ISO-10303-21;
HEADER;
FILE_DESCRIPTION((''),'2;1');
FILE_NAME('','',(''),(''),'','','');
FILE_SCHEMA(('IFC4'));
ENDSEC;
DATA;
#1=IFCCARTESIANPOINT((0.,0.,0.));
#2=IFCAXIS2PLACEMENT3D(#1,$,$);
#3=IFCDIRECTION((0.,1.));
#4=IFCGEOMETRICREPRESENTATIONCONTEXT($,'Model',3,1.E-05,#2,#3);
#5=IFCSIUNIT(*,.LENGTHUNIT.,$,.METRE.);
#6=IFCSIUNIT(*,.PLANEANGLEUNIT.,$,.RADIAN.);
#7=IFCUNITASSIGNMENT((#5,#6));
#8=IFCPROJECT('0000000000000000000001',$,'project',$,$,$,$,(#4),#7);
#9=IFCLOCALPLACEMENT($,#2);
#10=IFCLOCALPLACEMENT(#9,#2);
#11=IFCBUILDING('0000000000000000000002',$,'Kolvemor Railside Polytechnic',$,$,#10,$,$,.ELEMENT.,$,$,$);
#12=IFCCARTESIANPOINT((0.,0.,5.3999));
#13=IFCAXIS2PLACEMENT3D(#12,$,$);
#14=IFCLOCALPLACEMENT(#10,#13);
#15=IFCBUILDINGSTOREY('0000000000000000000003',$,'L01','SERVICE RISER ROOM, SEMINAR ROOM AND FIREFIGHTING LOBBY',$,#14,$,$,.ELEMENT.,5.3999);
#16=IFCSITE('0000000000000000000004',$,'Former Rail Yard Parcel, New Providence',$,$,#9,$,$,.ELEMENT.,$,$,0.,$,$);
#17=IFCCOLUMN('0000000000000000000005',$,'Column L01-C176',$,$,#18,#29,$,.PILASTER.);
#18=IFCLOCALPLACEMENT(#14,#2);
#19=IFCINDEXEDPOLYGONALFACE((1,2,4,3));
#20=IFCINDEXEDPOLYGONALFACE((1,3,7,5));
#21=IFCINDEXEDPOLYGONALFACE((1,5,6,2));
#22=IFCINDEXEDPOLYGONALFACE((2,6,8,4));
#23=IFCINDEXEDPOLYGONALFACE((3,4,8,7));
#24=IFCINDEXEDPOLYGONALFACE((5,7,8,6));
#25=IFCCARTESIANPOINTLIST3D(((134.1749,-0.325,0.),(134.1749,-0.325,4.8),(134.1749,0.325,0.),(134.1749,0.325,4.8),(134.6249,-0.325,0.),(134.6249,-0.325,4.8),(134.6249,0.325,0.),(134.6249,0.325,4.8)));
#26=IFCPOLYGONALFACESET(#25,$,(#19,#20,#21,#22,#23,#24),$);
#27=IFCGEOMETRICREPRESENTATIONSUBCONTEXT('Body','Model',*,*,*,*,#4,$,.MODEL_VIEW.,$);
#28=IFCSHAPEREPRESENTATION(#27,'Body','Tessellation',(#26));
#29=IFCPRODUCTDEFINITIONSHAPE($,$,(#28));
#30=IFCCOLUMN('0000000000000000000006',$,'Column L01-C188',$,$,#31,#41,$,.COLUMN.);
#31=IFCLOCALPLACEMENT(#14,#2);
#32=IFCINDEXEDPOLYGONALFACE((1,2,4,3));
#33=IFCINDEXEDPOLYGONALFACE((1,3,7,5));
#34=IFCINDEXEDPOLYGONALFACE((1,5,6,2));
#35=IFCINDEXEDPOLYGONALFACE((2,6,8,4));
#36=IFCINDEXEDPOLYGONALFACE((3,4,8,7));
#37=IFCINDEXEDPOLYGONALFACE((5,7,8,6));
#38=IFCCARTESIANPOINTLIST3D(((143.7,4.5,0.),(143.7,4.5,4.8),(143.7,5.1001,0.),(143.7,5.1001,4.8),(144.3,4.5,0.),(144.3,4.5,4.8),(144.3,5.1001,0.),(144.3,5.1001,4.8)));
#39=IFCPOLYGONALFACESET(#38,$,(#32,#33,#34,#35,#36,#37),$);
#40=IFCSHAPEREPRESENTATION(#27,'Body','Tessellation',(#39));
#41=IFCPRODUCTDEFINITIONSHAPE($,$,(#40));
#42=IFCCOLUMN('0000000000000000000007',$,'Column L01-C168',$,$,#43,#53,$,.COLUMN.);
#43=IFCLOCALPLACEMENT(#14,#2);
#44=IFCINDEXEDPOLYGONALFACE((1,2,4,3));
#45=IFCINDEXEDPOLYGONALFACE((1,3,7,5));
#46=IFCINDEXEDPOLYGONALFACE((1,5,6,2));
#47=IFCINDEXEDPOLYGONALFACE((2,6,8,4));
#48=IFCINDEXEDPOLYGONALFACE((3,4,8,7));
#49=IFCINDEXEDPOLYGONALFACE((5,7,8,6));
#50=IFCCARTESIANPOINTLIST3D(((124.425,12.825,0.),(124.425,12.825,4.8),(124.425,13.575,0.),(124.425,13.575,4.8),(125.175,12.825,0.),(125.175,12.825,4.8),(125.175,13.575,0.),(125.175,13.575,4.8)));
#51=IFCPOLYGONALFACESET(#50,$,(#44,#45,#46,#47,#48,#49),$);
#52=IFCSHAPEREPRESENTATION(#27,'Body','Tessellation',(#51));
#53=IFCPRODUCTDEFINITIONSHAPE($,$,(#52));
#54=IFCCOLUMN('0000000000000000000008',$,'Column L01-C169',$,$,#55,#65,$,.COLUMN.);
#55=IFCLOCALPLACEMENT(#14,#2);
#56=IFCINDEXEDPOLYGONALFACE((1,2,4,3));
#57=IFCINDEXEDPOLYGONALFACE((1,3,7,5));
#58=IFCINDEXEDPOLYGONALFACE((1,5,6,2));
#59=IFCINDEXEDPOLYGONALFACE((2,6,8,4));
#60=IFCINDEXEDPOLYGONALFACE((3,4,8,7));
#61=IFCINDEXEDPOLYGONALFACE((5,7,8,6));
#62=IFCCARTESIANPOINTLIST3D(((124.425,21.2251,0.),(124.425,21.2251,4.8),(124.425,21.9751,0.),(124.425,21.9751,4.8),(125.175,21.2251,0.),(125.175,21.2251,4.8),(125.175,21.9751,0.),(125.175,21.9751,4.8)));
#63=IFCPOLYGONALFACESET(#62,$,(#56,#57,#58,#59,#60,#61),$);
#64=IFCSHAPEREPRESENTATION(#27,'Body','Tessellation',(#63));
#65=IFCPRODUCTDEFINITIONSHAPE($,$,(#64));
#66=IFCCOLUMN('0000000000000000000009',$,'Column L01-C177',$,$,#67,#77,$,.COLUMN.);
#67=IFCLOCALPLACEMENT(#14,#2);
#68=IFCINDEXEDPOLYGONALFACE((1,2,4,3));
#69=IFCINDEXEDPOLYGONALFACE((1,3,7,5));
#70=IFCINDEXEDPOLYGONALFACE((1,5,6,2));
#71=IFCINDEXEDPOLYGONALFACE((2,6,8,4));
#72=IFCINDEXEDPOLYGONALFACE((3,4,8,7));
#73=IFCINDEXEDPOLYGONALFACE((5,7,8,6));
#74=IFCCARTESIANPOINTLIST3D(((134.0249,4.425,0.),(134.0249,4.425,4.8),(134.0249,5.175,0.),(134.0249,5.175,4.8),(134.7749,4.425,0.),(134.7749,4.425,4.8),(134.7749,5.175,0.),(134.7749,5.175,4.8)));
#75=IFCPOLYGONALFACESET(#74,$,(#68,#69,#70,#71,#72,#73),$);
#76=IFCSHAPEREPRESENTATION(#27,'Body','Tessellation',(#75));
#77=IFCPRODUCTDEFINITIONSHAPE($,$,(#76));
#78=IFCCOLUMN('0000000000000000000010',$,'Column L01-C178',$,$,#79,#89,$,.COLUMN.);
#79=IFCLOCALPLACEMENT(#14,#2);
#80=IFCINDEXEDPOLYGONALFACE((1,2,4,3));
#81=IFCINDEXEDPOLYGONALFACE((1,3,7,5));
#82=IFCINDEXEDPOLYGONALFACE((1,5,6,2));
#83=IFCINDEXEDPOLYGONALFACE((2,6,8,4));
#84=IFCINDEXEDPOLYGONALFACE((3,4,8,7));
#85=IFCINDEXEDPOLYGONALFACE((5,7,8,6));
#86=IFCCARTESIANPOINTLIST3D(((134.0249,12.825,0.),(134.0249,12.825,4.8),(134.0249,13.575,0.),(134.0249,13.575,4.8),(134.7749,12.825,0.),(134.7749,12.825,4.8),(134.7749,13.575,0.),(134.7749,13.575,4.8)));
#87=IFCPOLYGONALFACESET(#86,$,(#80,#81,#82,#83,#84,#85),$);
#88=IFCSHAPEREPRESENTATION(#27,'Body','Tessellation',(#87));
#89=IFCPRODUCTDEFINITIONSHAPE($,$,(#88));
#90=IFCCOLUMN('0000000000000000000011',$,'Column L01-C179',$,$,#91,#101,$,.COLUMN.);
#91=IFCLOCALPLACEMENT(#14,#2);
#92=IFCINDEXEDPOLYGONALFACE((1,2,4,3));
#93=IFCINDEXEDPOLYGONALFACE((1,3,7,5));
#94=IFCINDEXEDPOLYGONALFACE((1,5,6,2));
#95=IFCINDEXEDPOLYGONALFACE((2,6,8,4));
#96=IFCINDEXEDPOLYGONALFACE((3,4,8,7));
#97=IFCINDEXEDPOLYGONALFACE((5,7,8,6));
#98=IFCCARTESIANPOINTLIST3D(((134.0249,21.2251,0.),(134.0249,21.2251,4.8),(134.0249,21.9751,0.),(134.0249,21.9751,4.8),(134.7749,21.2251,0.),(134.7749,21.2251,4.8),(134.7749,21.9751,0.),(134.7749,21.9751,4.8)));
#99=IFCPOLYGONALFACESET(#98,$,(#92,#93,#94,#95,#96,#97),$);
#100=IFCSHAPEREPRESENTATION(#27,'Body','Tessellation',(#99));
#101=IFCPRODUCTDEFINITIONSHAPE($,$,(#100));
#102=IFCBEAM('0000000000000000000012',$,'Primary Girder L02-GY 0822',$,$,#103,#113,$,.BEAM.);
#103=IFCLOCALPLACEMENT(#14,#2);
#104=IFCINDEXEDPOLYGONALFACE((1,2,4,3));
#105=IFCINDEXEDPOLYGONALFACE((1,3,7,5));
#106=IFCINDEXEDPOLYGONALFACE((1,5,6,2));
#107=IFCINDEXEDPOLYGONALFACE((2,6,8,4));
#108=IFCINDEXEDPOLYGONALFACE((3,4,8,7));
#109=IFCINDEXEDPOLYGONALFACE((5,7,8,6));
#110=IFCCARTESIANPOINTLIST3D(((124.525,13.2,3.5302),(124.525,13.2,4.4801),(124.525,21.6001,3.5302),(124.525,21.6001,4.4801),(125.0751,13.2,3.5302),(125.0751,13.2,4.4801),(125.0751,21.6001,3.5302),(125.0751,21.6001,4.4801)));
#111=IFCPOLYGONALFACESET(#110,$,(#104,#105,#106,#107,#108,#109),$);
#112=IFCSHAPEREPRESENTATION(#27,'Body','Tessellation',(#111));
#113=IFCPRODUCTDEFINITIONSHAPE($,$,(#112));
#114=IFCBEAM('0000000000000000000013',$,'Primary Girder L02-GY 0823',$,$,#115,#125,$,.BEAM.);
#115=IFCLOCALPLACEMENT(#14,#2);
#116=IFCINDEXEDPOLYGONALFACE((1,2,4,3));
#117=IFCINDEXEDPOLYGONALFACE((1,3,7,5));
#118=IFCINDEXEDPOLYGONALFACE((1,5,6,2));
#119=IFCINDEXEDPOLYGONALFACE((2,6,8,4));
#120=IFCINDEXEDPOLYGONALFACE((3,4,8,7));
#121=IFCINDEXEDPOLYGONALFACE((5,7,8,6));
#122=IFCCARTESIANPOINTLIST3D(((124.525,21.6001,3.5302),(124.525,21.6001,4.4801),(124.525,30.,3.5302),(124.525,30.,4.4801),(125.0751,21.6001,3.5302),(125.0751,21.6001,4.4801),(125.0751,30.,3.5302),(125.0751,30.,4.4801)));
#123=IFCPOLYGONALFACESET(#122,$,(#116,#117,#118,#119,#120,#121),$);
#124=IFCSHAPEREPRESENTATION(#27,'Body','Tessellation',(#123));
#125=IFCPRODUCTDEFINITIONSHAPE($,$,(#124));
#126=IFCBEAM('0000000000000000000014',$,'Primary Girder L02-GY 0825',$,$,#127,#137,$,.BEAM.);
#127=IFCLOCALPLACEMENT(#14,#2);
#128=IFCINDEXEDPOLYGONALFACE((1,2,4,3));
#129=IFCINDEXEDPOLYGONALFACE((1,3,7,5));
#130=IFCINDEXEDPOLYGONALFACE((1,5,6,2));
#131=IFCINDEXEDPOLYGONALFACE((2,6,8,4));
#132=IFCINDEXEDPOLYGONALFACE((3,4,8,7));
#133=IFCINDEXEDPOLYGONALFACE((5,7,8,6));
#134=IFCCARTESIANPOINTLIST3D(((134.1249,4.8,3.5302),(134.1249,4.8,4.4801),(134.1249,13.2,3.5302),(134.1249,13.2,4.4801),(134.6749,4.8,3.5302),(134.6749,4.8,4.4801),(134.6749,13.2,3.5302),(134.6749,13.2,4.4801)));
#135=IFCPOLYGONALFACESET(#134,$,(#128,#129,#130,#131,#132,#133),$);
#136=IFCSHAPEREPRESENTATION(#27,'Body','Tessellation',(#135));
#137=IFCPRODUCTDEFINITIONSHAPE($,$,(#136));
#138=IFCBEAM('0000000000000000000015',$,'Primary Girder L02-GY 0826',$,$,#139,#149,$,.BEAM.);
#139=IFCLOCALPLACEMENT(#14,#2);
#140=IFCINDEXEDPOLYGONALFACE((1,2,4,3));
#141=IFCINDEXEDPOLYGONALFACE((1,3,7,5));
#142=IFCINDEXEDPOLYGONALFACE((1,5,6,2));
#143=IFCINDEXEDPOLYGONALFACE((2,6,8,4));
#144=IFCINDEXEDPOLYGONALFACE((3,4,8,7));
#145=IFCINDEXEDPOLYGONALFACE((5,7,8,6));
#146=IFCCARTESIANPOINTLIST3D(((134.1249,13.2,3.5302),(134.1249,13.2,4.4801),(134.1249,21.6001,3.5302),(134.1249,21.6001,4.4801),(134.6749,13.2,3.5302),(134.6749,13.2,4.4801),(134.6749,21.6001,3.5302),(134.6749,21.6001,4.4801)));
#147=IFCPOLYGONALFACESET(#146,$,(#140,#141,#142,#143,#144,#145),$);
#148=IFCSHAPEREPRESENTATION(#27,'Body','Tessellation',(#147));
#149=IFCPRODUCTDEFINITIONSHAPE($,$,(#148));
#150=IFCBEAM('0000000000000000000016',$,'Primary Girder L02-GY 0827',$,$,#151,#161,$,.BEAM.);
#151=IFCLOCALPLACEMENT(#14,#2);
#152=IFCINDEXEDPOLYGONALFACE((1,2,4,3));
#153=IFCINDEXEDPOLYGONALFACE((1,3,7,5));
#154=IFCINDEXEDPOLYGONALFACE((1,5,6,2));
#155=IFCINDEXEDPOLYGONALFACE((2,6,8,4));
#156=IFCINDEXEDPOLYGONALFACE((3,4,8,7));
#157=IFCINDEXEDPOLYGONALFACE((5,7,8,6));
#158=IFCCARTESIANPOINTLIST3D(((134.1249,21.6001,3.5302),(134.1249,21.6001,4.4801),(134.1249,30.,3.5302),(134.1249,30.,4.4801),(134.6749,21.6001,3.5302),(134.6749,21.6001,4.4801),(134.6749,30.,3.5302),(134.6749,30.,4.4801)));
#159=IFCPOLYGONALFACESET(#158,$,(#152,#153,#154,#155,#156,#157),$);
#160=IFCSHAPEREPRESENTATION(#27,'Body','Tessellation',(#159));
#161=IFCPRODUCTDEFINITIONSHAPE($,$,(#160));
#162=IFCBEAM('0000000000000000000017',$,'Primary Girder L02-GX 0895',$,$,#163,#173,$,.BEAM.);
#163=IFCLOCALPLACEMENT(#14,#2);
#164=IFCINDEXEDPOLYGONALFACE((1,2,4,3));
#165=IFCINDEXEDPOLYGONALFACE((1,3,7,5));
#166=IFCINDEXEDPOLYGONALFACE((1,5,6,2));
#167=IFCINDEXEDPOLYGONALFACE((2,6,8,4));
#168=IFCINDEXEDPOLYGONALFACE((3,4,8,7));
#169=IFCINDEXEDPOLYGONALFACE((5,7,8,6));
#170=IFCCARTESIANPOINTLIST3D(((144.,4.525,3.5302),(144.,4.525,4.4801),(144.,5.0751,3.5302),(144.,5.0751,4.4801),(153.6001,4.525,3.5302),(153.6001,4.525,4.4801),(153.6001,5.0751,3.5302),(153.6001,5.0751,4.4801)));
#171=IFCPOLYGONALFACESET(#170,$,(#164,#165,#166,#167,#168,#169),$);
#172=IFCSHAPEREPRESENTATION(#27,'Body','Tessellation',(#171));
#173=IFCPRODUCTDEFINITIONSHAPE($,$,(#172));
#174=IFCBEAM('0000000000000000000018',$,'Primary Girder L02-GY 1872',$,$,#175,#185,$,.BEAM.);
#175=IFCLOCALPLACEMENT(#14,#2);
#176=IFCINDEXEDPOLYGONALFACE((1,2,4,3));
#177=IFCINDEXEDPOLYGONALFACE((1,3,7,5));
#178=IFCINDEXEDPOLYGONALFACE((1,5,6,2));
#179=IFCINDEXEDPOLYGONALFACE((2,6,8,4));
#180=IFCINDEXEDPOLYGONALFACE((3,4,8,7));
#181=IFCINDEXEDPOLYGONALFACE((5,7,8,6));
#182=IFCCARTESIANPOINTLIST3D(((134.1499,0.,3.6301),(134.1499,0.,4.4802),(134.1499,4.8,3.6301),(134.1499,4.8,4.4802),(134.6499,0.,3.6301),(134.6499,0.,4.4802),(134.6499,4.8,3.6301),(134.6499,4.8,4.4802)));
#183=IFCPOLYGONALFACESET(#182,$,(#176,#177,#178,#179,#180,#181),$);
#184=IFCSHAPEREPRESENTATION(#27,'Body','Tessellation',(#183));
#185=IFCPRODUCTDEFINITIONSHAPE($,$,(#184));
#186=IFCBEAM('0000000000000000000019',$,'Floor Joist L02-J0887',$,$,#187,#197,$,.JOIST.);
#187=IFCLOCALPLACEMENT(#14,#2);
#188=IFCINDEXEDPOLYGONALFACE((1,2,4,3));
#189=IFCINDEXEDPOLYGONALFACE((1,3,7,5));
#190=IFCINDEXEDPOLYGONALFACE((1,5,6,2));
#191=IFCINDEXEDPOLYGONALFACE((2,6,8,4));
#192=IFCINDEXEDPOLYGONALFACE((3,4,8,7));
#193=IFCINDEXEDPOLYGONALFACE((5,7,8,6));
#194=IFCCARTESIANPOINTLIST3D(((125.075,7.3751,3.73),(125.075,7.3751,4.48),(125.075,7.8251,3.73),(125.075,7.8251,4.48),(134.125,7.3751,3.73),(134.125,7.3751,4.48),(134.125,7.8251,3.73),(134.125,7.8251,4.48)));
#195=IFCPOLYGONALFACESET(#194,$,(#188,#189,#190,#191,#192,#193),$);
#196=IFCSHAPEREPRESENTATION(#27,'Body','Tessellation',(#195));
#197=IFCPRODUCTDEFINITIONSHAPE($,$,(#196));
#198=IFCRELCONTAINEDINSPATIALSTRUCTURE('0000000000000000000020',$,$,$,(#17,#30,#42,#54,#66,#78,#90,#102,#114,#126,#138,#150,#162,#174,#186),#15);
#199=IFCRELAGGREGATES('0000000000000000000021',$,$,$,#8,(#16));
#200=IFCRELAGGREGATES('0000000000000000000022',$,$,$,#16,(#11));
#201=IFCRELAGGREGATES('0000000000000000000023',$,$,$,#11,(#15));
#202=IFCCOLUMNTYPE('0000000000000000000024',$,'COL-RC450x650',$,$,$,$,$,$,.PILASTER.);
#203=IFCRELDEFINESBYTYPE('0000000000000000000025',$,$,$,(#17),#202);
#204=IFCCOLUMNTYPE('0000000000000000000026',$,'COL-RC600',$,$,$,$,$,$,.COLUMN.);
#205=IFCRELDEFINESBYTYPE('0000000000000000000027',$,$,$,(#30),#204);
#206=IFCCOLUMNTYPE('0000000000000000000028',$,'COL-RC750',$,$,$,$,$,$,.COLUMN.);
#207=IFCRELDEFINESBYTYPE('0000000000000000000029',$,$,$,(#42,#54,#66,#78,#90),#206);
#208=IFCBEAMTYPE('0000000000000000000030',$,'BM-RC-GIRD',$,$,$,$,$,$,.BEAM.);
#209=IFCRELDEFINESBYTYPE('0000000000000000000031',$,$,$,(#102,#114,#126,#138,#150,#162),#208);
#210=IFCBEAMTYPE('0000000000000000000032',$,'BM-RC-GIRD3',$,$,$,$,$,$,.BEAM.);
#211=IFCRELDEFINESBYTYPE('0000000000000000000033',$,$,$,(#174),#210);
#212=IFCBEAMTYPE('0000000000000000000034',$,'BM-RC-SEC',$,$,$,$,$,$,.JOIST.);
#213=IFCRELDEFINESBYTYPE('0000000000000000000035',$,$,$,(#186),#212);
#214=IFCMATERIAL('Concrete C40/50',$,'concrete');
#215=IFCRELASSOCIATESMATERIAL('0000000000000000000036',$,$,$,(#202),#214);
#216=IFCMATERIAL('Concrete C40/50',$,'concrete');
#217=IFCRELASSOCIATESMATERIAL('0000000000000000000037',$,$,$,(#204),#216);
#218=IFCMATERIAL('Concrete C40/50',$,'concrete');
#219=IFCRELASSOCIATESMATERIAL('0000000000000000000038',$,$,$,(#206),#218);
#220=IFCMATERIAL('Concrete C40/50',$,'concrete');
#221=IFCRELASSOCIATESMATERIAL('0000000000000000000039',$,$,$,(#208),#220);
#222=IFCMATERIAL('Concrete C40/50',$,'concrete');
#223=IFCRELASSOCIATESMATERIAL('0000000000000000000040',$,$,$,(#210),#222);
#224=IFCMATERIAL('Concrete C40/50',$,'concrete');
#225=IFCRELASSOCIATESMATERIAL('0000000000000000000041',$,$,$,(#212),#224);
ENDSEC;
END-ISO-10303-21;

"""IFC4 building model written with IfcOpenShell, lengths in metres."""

from ifc_helpers import new_model, si_unit, direction, frame, origin, origin_2d, place, context, subcontext, project, spatial, rectangle, extrude, material, material_profile, profile_set, type_object, element, save


model = new_model("IFC4")

# Units and contexts
model_context = context("Model", 3, precision=1e-05, world=origin(), true_north=direction((0.0, 1.0)))
body_context = subcontext(model_context, "Body", "Model", "MODEL_VIEW")
ifc_project = project(units=[si_unit("LENGTHUNIT", "METRE"), si_unit("PLANEANGLEUNIT", "RADIAN")], contexts=[model_context])

# Site, building, storey
site_placement = place(None, origin())
site = spatial("IfcSite", under=ifc_project, at=site_placement, Name="Former Rail Yard Parcel, New Providence", CompositionType="ELEMENT", RefElevation=0.0)
building_placement = place(site_placement, origin())
building = spatial("IfcBuilding", under=site, at=building_placement, Name="Kolvemor Railside Polytechnic", CompositionType="ELEMENT")
storey_placement = place(building_placement, frame((0.0, 0.0, 5.3999)))
storey = spatial("IfcBuildingStorey", under=building, at=storey_placement, Name="L01", Description="SERVICE RISER ROOM, SEMINAR ROOM AND FIREFIGHTING LOBBY", CompositionType="ELEMENT", Elevation=5.3999)

# Columns
ifc_material_1 = material(Name="Concrete C40/50", Category="concrete")
ifc_material_profile_1 = material_profile(ifc_material_1, rectangle(XDim=0.45, YDim=0.6499, at=origin_2d()), Name="RC450x650")
ifc_profile_set_1 = profile_set([ifc_material_profile_1], Name="Concrete C40/50")
column_type_1 = type_object("IfcColumnType", Name="COL-RC450x650", PredefinedType="PILASTER", material=ifc_profile_set_1)
column_1_placement = place(storey_placement, frame((134.3999, 0.0, 0.0), z_axis=(0.0, 0.0, 1.0), x_axis=(1.0, 0.0, 0.0)))
element("IfcColumn", 1, at=column_1_placement, inside=storey, type_object=column_type_1, Name="Column L01-C176", PredefinedType="PILASTER", context=body_context, shape_type="SweptSolid", body=[
    extrude(rectangle(XDim=0.45, YDim=0.6499, at=origin_2d()), origin(), (0.0, 0.0, 1.0), 4.8),
])
ifc_material_2 = material(Name="Concrete C40/50", Category="concrete")
ifc_material_profile_2 = material_profile(ifc_material_2, rectangle(XDim=0.6001, YDim=0.6001, at=origin_2d()), Name="RC600x600")
ifc_profile_set_2 = profile_set([ifc_material_profile_2], Name="Concrete C40/50")
column_type_2 = type_object("IfcColumnType", Name="COL-RC600", PredefinedType="COLUMN", material=ifc_profile_set_2)
column_2_placement = place(storey_placement, frame((144.0, 4.8, 0.0), z_axis=(0.0, 0.0, 1.0), x_axis=(1.0, 0.0, 0.0)))
element("IfcColumn", 2, at=column_2_placement, inside=storey, type_object=column_type_2, Name="Column L01-C188", PredefinedType="COLUMN", context=body_context, shape_type="SweptSolid", body=[
    extrude(rectangle(XDim=0.6001, YDim=0.6001, at=origin_2d()), origin(), (0.0, 0.0, 1.0), 4.8),
])
ifc_material_3 = material(Name="Concrete C40/50", Category="concrete")
ifc_material_profile_3 = material_profile(ifc_material_3, rectangle(XDim=0.75, YDim=0.75, at=origin_2d()), Name="RC750x750")
ifc_profile_set_3 = profile_set([ifc_material_profile_3], Name="Concrete C40/50")
column_type_3 = type_object("IfcColumnType", Name="COL-RC750", PredefinedType="COLUMN", material=ifc_profile_set_3)
for number, where, z_axis, x_axis, name in (
    (3, (124.8, 13.2, 0.0), (0.0, 0.0, 1.0), (1.0, 0.0, 0.0), "Column L01-C168"),
    (4, (124.8, 21.6001, 0.0), (0.0, 0.0, 1.0), (1.0, 0.0, 0.0), "Column L01-C169"),
    (5, (134.3999, 4.8, 0.0), (0.0, 0.0, 1.0), (1.0, 0.0, 0.0), "Column L01-C177"),
    (6, (134.3999, 13.2, 0.0), (0.0, 0.0, 1.0), (1.0, 0.0, 0.0), "Column L01-C178"),
    (7, (134.3999, 21.6001, 0.0), (0.0, 0.0, 1.0), (1.0, 0.0, 0.0), "Column L01-C179"),
):
    element("IfcColumn", number, at=place(storey_placement, frame(where, z_axis=z_axis, x_axis=x_axis)), inside=storey, type_object=column_type_3, Name=name, PredefinedType="COLUMN", context=body_context, shape_type="SweptSolid", body=[
        extrude(rectangle(XDim=0.75, YDim=0.75, at=origin_2d()), origin(), (0.0, 0.0, 1.0), 4.8),
    ])

# Beams
ifc_material_4 = material(Name="Concrete C40/50", Category="concrete")
ifc_material_profile_4 = material_profile(ifc_material_4, rectangle(XDim=0.55, YDim=0.95, at=origin_2d()), Name="RC550x950")
ifc_profile_set_4 = profile_set([ifc_material_profile_4], Name="Concrete C40/50")
beam_type_1 = type_object("IfcBeamType", Name="BM-RC-GIRD", PredefinedType="BEAM", material=ifc_profile_set_4)
beam_1_placement = place(storey_placement, frame((124.8, 13.2, 4.0051), z_axis=(0.0, 1.0, 0.0), x_axis=(-1.0, 0.0, 0.0)))
element("IfcBeam", 8, at=beam_1_placement, inside=storey, type_object=beam_type_1, Name="Primary Girder L02-GY 0822", PredefinedType="BEAM", context=body_context, shape_type="SweptSolid", body=[
    extrude(rectangle(XDim=0.55, YDim=0.95, at=origin_2d()), origin(), (0.0, 0.0, 1.0), 8.4001),
])
for number, where, z_axis, x_axis, name in (
    (9, (124.8, 21.6001, 4.0051), (0.0, 1.0, 0.0), (-1.0, 0.0, 0.0), "Primary Girder L02-GY 0823"),
    (10, (134.3999, 4.8, 4.0051), (0.0, 1.0, 0.0), (-1.0, 0.0, 0.0), "Primary Girder L02-GY 0825"),
):
    element("IfcBeam", number, at=place(storey_placement, frame(where, z_axis=z_axis, x_axis=x_axis)), inside=storey, type_object=beam_type_1, Name=name, PredefinedType="BEAM", context=body_context, shape_type="SweptSolid", body=[
        extrude(rectangle(XDim=0.55, YDim=0.95, at=origin_2d()), origin(), (0.0, 0.0, 1.0), 8.3999),
    ])
beam_2_placement = place(storey_placement, frame((134.3999, 13.2, 4.0051), z_axis=(0.0, 1.0, 0.0), x_axis=(-1.0, 0.0, 0.0)))
element("IfcBeam", 11, at=beam_2_placement, inside=storey, type_object=beam_type_1, Name="Primary Girder L02-GY 0826", PredefinedType="BEAM", context=body_context, shape_type="SweptSolid", body=[
    extrude(rectangle(XDim=0.55, YDim=0.95, at=origin_2d()), origin(), (0.0, 0.0, 1.0), 8.4001),
])
beam_3_placement = place(storey_placement, frame((134.3999, 21.6001, 4.0051), z_axis=(0.0, 1.0, 0.0), x_axis=(-1.0, 0.0, 0.0)))
element("IfcBeam", 12, at=beam_3_placement, inside=storey, type_object=beam_type_1, Name="Primary Girder L02-GY 0827", PredefinedType="BEAM", context=body_context, shape_type="SweptSolid", body=[
    extrude(rectangle(XDim=0.55, YDim=0.95, at=origin_2d()), origin(), (0.0, 0.0, 1.0), 8.3999),
])
beam_4_placement = place(storey_placement, frame((144.0, 4.8, 4.0051), z_axis=(1.0, 0.0, 0.0), x_axis=(0.0, 1.0, 0.0)))
element("IfcBeam", 13, at=beam_4_placement, inside=storey, type_object=beam_type_1, Name="Primary Girder L02-GX 0895", PredefinedType="BEAM", context=body_context, shape_type="SweptSolid", body=[
    extrude(rectangle(XDim=0.55, YDim=0.95, at=origin_2d()), origin(), (0.0, 0.0, 1.0), 9.6001),
])
ifc_material_5 = material(Name="Concrete C40/50", Category="concrete")
ifc_material_profile_5 = material_profile(ifc_material_5, rectangle(XDim=0.5, YDim=0.8501, at=origin_2d()), Name="RC500x850")
ifc_profile_set_5 = profile_set([ifc_material_profile_5], Name="Concrete C40/50")
beam_type_2 = type_object("IfcBeamType", Name="BM-RC-GIRD3", PredefinedType="BEAM", material=ifc_profile_set_5)
beam_5_placement = place(storey_placement, frame((134.3999, 0.0, 4.0552), z_axis=(0.0, 1.0, 0.0), x_axis=(-1.0, 0.0, 0.0)))
element("IfcBeam", 14, at=beam_5_placement, inside=storey, type_object=beam_type_2, Name="Primary Girder L02-GY 1872", PredefinedType="BEAM", context=body_context, shape_type="SweptSolid", body=[
    extrude(rectangle(XDim=0.5, YDim=0.8501, at=origin_2d()), origin(), (0.0, 0.0, 1.0), 4.8),
])
ifc_material_6 = material(Name="Concrete C40/50", Category="concrete")
ifc_material_profile_6 = material_profile(ifc_material_6, rectangle(XDim=0.45, YDim=0.75, at=origin_2d()), Name="RC450x750")
ifc_profile_set_6 = profile_set([ifc_material_profile_6], Name="Concrete C40/50")
beam_type_3 = type_object("IfcBeamType", Name="BM-RC-SEC", PredefinedType="JOIST", material=ifc_profile_set_6)
for number, where, z_axis, x_axis, name in (
    (15, (125.075, 7.6001, 4.105), (1.0, 0.0, 0.0), (0.0, 1.0, 0.0), "Floor Joist L02-J0887"),
):
    element("IfcBeam", number, at=place(storey_placement, frame(where, z_axis=z_axis, x_axis=x_axis)), inside=storey, type_object=beam_type_3, Name=name, PredefinedType="JOIST", context=body_context, shape_type="SweptSolid", body=[
        extrude(rectangle(XDim=0.45, YDim=0.75, at=origin_2d()), origin(), (0.0, 0.0, 1.0), 9.05),
    ])

save(model, "model.ifc")
